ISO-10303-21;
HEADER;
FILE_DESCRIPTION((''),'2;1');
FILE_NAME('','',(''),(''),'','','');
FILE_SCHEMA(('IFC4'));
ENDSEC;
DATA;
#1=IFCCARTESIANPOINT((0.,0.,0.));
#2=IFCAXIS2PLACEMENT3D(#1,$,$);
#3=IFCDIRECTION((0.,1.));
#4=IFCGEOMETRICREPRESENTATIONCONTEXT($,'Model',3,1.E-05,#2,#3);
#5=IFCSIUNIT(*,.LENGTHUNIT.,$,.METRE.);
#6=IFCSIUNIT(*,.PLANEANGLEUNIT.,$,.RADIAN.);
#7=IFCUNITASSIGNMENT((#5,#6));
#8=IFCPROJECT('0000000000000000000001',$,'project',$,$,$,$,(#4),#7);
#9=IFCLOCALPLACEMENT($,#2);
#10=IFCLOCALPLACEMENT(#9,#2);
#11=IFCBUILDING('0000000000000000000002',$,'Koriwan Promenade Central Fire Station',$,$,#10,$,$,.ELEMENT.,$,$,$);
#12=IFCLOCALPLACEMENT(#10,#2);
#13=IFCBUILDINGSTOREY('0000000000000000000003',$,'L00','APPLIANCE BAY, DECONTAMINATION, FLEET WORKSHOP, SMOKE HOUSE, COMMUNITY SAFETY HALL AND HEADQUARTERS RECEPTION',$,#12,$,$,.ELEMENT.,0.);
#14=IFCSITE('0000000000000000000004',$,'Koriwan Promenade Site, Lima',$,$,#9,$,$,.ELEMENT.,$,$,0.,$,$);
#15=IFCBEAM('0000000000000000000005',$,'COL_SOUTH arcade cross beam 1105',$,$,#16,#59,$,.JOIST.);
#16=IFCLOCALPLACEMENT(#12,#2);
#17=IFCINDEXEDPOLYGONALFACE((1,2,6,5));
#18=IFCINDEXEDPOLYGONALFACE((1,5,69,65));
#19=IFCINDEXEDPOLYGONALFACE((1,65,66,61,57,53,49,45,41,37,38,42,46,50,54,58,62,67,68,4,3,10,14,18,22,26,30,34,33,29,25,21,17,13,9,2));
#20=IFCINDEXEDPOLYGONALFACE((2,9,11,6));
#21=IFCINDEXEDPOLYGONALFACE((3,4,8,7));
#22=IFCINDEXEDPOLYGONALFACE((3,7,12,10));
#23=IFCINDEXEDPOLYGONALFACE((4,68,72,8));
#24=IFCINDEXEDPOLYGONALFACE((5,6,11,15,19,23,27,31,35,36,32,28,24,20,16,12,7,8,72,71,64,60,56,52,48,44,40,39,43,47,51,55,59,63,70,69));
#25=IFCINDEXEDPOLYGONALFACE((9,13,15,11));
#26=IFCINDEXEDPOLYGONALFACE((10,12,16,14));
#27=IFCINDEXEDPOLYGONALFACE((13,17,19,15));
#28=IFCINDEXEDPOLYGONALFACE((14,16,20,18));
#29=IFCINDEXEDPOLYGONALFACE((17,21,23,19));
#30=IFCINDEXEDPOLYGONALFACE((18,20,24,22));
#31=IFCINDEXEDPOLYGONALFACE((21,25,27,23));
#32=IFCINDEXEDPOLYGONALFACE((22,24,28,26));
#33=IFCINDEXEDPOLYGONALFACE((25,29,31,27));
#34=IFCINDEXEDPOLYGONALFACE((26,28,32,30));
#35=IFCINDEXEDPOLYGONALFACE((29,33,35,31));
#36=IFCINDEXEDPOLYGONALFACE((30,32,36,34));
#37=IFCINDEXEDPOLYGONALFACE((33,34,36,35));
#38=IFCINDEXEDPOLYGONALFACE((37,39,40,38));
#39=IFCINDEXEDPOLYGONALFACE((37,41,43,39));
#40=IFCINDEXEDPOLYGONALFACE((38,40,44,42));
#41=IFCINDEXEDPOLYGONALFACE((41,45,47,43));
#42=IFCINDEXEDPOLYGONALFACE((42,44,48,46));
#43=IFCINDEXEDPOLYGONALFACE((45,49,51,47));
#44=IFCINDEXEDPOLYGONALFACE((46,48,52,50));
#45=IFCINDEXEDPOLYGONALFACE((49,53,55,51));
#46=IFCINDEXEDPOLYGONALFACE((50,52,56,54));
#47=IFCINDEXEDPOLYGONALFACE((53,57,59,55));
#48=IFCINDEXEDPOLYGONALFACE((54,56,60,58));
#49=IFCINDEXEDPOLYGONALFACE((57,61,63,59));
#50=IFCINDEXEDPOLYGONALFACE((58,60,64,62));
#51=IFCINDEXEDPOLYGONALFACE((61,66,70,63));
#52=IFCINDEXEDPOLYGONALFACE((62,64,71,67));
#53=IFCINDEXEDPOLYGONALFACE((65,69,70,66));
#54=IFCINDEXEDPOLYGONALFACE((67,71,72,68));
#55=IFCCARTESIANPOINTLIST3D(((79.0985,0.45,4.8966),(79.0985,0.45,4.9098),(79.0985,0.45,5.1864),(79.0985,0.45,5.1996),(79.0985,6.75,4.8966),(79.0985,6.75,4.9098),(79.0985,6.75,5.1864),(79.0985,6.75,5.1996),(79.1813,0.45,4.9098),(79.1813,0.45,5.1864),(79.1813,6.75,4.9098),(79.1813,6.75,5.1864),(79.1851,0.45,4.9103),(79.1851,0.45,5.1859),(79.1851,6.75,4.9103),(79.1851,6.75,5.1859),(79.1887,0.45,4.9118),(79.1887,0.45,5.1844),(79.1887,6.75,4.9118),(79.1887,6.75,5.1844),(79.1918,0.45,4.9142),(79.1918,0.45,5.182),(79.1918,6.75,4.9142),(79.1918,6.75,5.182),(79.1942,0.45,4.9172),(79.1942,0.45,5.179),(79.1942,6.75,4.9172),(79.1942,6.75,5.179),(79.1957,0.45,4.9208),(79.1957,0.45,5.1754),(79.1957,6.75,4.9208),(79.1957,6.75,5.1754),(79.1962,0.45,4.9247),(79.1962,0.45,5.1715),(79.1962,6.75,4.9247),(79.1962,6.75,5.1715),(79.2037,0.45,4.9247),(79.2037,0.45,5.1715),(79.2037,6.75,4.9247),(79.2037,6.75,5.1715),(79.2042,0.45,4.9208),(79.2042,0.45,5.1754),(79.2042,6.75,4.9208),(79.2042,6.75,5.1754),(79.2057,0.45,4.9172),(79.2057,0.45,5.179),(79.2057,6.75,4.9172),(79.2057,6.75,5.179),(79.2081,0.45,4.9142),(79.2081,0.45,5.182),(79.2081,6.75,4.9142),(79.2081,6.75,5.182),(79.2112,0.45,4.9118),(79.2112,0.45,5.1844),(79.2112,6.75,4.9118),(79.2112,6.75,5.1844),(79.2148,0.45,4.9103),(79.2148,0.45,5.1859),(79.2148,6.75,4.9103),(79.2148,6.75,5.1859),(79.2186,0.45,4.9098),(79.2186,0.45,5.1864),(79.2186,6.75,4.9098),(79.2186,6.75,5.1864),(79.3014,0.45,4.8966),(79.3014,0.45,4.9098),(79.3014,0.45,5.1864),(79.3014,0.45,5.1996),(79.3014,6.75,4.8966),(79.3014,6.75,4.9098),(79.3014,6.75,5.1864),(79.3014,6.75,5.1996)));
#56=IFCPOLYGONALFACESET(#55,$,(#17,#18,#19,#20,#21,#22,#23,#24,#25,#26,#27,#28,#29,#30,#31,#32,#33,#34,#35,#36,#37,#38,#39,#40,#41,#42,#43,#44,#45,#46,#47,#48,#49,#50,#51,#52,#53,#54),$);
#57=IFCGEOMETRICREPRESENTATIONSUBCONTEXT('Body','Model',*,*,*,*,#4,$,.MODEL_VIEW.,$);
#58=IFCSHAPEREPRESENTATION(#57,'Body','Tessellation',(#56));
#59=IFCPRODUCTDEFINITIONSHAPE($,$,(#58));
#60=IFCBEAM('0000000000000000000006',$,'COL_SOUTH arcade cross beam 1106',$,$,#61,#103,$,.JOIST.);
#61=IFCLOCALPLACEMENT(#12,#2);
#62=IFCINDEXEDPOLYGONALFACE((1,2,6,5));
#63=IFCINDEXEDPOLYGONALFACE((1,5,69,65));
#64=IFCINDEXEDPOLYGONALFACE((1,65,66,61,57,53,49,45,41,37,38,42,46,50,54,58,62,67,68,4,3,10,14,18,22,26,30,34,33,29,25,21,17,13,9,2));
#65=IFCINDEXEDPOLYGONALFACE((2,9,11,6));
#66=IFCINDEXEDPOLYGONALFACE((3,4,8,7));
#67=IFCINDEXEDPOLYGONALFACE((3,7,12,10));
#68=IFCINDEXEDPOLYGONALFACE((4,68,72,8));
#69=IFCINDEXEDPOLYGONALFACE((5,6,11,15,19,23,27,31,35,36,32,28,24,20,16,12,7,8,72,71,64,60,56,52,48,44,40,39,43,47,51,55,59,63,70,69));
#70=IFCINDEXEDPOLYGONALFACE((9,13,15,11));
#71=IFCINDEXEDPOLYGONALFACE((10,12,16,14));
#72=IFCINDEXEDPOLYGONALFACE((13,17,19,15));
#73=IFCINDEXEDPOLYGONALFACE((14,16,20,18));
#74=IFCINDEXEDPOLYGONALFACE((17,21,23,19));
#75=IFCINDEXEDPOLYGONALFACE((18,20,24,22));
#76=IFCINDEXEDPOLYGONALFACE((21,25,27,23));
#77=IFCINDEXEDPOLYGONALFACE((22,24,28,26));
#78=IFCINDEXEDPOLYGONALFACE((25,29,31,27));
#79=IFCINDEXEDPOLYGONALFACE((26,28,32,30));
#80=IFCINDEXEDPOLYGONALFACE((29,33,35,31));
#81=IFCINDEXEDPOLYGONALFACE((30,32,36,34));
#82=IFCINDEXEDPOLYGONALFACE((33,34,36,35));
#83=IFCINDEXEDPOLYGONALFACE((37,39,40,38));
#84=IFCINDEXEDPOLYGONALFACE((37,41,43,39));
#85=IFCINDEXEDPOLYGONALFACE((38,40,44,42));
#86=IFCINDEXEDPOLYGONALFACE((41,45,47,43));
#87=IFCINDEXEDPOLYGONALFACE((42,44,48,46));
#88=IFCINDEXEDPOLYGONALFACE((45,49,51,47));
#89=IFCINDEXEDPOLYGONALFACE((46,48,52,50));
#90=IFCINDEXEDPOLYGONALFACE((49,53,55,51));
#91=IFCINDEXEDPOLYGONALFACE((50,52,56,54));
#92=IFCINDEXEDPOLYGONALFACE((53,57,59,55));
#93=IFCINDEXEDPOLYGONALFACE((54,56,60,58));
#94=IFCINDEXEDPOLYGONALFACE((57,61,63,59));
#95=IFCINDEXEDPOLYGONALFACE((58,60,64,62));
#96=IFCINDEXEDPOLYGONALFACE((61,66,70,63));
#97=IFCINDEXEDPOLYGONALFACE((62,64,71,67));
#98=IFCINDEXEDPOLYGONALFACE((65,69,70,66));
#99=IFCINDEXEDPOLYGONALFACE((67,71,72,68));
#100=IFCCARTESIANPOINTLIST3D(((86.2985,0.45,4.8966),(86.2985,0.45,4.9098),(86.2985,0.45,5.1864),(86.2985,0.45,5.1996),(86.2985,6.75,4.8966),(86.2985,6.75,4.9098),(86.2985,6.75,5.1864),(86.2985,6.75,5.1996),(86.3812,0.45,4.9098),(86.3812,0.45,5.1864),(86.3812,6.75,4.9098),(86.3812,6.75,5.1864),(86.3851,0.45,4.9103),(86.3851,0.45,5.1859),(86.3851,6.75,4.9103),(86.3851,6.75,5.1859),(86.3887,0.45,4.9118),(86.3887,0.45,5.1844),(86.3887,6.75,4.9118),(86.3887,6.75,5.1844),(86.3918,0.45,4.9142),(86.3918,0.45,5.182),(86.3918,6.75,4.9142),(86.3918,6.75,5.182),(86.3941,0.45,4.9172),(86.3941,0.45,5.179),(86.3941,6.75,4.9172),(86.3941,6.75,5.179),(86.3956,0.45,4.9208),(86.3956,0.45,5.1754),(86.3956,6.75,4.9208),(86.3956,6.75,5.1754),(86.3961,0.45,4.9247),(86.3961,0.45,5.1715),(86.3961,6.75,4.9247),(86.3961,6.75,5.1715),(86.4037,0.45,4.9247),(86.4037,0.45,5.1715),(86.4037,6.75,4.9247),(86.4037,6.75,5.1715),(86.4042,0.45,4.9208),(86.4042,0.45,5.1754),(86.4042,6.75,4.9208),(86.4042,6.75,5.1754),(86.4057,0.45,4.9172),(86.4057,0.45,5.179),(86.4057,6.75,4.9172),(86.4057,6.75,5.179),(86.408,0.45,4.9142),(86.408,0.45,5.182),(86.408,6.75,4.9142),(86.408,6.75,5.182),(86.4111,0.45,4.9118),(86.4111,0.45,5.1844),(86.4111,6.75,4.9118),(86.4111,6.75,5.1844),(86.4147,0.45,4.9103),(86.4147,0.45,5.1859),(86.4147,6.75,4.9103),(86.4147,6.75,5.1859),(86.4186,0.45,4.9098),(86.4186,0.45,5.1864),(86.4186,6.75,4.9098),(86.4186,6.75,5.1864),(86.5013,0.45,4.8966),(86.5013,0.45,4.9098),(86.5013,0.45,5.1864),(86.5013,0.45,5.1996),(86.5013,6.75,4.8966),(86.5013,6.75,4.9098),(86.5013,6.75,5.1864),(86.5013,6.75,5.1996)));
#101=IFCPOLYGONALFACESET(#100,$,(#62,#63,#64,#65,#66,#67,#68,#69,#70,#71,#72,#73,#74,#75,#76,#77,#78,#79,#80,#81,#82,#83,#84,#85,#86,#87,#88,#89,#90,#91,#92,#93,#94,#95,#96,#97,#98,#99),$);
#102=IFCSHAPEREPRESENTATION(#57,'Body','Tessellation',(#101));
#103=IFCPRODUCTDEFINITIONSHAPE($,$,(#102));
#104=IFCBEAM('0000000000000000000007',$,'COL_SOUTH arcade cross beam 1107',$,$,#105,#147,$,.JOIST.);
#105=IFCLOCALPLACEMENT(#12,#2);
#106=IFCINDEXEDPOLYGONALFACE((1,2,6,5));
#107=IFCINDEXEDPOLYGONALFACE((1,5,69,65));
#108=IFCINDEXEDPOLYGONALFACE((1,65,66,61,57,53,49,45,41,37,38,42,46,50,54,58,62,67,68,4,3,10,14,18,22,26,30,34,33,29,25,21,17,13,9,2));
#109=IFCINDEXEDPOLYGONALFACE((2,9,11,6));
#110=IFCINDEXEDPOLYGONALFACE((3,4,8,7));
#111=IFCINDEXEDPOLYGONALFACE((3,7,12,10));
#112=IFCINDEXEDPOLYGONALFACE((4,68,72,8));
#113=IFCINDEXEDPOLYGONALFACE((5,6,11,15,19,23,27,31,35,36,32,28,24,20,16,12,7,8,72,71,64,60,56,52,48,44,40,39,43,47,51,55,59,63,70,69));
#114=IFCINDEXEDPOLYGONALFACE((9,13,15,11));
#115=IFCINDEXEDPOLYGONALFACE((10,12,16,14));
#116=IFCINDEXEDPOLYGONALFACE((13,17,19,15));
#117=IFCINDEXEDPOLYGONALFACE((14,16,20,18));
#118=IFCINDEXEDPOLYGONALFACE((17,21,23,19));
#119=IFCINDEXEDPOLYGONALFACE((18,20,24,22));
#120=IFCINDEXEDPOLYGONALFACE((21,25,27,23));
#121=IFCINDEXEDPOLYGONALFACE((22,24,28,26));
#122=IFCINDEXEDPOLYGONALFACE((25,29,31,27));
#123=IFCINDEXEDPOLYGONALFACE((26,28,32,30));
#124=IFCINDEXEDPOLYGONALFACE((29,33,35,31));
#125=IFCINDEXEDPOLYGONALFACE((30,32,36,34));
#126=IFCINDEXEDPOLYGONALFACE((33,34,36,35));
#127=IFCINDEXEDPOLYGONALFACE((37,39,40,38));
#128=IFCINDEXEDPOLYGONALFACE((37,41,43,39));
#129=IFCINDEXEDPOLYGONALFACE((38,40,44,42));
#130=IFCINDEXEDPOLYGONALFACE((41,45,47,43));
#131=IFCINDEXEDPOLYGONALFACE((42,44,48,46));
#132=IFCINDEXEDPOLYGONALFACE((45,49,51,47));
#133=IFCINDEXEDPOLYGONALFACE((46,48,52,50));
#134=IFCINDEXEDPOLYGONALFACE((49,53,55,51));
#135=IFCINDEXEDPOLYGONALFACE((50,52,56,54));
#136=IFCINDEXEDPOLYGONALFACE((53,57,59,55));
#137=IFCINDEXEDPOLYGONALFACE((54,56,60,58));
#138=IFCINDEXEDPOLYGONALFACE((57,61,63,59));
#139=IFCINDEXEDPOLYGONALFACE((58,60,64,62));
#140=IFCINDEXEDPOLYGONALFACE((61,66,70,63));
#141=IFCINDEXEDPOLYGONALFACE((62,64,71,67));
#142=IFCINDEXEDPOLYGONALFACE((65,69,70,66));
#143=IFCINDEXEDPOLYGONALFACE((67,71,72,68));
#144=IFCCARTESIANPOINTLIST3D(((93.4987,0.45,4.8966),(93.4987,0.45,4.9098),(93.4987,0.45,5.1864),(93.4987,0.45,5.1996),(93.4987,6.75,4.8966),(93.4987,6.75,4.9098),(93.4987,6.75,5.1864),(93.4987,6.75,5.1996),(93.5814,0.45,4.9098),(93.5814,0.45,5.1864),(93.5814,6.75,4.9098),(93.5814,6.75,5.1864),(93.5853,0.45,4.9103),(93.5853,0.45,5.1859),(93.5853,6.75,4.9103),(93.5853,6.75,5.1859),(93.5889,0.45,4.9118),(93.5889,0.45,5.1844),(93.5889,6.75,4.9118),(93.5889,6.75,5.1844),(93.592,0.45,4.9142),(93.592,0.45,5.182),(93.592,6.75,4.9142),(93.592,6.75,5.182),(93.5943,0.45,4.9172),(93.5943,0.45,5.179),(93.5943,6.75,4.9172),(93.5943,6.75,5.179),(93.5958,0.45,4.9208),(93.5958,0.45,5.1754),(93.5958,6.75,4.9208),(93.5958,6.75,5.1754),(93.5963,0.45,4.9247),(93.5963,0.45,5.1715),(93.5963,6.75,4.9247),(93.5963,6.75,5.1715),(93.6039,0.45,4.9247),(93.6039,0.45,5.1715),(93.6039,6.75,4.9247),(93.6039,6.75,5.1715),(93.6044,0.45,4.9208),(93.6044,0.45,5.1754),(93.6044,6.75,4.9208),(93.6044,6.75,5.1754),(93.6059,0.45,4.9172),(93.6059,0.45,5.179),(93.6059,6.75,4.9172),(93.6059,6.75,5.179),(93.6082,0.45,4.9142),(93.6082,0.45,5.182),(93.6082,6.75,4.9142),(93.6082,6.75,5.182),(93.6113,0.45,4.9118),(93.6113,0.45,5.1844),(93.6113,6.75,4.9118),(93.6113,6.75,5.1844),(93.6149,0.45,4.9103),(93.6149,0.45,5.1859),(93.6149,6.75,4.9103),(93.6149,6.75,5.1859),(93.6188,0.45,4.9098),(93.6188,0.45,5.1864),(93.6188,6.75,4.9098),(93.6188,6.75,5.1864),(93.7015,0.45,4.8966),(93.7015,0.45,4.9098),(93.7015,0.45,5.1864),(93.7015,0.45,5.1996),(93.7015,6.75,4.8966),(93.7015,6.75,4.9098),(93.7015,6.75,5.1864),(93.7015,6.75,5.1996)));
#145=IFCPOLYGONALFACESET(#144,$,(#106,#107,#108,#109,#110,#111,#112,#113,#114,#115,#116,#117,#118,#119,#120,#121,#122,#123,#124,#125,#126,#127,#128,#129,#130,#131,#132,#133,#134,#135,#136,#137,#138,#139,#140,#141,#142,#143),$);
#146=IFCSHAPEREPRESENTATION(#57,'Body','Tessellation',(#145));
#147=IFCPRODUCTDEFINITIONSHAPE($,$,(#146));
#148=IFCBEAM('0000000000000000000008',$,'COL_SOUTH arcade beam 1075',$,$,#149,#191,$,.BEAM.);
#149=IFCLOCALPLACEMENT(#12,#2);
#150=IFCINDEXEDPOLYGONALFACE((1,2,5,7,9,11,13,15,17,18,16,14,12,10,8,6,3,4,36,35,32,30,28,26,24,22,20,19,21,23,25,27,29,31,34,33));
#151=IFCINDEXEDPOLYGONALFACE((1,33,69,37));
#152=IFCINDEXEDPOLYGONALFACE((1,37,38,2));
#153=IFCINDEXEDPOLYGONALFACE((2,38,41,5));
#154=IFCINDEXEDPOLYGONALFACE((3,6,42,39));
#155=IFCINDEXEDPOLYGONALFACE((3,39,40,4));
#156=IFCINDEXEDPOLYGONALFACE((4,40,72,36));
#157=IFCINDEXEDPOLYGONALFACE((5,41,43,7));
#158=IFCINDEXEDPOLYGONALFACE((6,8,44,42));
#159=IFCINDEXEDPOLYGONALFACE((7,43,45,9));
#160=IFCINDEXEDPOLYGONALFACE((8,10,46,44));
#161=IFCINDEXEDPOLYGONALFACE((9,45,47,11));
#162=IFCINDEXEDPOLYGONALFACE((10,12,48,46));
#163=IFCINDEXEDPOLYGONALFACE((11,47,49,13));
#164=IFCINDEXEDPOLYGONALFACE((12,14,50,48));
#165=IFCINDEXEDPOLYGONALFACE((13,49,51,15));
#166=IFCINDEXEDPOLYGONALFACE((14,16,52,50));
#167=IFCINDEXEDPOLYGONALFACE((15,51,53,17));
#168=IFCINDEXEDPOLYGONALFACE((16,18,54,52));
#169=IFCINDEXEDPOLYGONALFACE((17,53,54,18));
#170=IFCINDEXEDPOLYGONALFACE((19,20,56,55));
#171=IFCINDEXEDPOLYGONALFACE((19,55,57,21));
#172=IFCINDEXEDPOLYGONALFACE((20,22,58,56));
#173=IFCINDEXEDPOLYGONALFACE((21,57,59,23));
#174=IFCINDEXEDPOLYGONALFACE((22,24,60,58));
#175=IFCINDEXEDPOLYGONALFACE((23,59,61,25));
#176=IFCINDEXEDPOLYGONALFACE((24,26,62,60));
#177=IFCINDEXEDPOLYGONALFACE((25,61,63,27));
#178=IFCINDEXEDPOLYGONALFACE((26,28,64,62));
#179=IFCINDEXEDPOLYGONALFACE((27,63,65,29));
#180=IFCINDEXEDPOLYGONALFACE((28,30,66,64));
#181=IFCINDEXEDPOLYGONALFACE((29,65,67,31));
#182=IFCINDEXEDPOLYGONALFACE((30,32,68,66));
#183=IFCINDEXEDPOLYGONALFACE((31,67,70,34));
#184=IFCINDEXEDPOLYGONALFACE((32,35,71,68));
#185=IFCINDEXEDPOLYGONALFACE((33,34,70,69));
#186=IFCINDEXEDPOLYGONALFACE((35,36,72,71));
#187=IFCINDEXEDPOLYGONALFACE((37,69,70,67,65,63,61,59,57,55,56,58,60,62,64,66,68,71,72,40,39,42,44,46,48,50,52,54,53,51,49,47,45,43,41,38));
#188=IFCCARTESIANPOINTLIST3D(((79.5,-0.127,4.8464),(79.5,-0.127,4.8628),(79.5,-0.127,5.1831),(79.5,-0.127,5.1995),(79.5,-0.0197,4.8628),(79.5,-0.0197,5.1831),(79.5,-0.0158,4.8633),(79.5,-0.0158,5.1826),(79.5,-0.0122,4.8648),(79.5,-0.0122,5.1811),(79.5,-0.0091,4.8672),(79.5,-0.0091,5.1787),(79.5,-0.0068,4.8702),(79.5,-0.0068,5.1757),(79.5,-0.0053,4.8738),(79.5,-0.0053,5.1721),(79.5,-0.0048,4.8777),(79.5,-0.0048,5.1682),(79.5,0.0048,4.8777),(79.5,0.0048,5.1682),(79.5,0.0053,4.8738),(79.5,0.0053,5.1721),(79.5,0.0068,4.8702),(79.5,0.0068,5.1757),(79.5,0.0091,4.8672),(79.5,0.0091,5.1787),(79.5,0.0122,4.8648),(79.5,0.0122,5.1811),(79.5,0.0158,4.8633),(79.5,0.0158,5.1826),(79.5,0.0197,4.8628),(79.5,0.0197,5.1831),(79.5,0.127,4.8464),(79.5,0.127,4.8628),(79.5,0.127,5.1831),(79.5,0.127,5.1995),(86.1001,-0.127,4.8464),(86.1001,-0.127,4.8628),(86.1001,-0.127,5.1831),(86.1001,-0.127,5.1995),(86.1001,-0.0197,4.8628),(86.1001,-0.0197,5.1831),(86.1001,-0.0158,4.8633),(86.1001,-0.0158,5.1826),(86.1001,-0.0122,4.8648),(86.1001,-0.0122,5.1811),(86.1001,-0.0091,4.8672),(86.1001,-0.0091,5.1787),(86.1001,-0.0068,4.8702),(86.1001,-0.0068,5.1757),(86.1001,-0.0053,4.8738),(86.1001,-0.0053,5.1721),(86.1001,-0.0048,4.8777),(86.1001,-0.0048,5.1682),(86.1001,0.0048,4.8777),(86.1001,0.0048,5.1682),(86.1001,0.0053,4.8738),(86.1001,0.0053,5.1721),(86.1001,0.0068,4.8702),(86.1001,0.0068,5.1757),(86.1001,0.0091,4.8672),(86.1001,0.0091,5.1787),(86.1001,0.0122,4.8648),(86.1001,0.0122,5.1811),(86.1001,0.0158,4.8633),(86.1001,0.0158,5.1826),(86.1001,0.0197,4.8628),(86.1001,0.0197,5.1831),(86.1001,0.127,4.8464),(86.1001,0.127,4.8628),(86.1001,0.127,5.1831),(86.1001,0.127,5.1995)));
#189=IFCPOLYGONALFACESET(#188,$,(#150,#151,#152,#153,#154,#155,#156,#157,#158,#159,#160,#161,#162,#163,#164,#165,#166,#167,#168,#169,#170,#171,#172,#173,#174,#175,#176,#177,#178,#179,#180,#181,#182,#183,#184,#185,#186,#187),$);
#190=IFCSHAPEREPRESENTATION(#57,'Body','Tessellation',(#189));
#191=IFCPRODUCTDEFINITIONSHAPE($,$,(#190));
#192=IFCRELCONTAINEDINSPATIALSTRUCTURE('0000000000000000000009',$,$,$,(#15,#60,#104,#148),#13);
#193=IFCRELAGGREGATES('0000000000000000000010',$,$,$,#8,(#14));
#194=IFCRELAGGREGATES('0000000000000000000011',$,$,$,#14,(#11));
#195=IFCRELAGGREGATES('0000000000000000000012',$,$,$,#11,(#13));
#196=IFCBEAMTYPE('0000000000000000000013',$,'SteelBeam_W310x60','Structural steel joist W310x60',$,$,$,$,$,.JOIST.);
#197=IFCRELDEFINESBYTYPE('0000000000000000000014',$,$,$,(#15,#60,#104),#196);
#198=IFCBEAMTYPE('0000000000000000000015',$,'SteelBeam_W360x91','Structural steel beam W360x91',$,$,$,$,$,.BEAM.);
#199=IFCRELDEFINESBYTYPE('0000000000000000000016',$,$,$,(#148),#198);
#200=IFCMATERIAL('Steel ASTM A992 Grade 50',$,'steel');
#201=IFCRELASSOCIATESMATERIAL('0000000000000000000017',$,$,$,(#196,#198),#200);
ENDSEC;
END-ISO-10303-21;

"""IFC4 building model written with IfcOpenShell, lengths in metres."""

from ifc_helpers import new_model, si_unit, direction, frame, origin, origin_2d, place, context, subcontext, project, spatial, i_section, extrude, material, material_profile, profile_set, type_object, element, save


model = new_model("IFC4")

# Units and contexts
model_context = context("Model", 3, precision=1e-05, world=origin(), true_north=direction((0.0, 1.0)))
body_context = subcontext(model_context, "Body", "Model", "MODEL_VIEW")
ifc_project = project(units=[si_unit("LENGTHUNIT", "METRE"), si_unit("PLANEANGLEUNIT", "RADIAN")], contexts=[model_context])

# Site, building, storey
site_placement = place(None, origin())
site = spatial("IfcSite", under=ifc_project, at=site_placement, Name="Koriwan Promenade Site, Lima", CompositionType="ELEMENT", RefElevation=0.0)
building_placement = place(site_placement, origin())
building = spatial("IfcBuilding", under=site, at=building_placement, Name="Koriwan Promenade Central Fire Station", CompositionType="ELEMENT")
storey_placement = place(building_placement, origin())
storey = spatial("IfcBuildingStorey", under=building, at=storey_placement, Name="L00", Description="APPLIANCE BAY, DECONTAMINATION, FLEET WORKSHOP, SMOKE HOUSE, COMMUNITY SAFETY HALL AND HEADQUARTERS RECEPTION", CompositionType="ELEMENT", Elevation=0.0)

# Beams
ifc_material_1 = material(Name="Steel ASTM A992 Grade 50", Category="steel")
ifc_material_profile_1 = material_profile(ifc_material_1, i_section(OverallWidth=0.2029, OverallDepth=0.303, WebThickness=0.0076, FlangeThickness=0.0132, FilletRadius=0.0149, at=origin_2d()), Name="W310x60")
ifc_profile_set_1 = profile_set([ifc_material_profile_1], Name="Steel ASTM A992 Grade 50")
beam_type_1 = type_object("IfcBeamType", Name="SteelBeam_W310x60", Description="Structural steel joist W310x60", PredefinedType="JOIST", material=ifc_profile_set_1)
for number, where, z_axis, x_axis, name in (
    (1, (79.2, 0.45, 5.0481), (0.0, 1.0, 0.0), (-1.0, 0.0, 0.0), "COL_SOUTH arcade cross beam 1105"),
    (2, (86.3999, 0.45, 5.0481), (0.0, 1.0, 0.0), (-1.0, 0.0, 0.0), "COL_SOUTH arcade cross beam 1106"),
    (3, (93.6001, 0.45, 5.0481), (0.0, 1.0, 0.0), (-1.0, 0.0, 0.0), "COL_SOUTH arcade cross beam 1107"),
):
    element("IfcBeam", number, at=place(storey_placement, frame(where, z_axis=z_axis, x_axis=x_axis)), inside=storey, type_object=beam_type_1, Name=name, PredefinedType="JOIST", context=body_context, shape_type="SweptSolid", body=[
        extrude(i_section(OverallWidth=0.2029, OverallDepth=0.303, WebThickness=0.0076, FlangeThickness=0.0132, FilletRadius=0.0149, at=origin_2d()), origin(), (0.0, 0.0, 1.0), 6.3),
    ])
ifc_material_profile_2 = material_profile(ifc_material_1, i_section(OverallWidth=0.2539, OverallDepth=0.353, WebThickness=0.0095, FlangeThickness=0.0164, FilletRadius=0.0149, at=origin_2d()), Name="W360x91")
ifc_profile_set_2 = profile_set([ifc_material_profile_2], Name="Steel ASTM A992 Grade 50")
beam_type_2 = type_object("IfcBeamType", Name="SteelBeam_W360x91", Description="Structural steel beam W360x91", PredefinedType="BEAM", material=ifc_profile_set_2)
for number, where, z_axis, x_axis, name in (
    (4, (79.5, 0.0, 5.0229), (1.0, 0.0, 0.0), (0.0, 1.0, 0.0), "COL_SOUTH arcade beam 1075"),
):
    element("IfcBeam", number, at=place(storey_placement, frame(where, z_axis=z_axis, x_axis=x_axis)), inside=storey, type_object=beam_type_2, Name=name, PredefinedType="BEAM", context=body_context, shape_type="SweptSolid", body=[
        extrude(i_section(OverallWidth=0.2539, OverallDepth=0.353, WebThickness=0.0095, FlangeThickness=0.0164, FilletRadius=0.0149, at=origin_2d()), origin(), (0.0, 0.0, 1.0), 6.6001),
    ])

save(model, "model.ifc")
